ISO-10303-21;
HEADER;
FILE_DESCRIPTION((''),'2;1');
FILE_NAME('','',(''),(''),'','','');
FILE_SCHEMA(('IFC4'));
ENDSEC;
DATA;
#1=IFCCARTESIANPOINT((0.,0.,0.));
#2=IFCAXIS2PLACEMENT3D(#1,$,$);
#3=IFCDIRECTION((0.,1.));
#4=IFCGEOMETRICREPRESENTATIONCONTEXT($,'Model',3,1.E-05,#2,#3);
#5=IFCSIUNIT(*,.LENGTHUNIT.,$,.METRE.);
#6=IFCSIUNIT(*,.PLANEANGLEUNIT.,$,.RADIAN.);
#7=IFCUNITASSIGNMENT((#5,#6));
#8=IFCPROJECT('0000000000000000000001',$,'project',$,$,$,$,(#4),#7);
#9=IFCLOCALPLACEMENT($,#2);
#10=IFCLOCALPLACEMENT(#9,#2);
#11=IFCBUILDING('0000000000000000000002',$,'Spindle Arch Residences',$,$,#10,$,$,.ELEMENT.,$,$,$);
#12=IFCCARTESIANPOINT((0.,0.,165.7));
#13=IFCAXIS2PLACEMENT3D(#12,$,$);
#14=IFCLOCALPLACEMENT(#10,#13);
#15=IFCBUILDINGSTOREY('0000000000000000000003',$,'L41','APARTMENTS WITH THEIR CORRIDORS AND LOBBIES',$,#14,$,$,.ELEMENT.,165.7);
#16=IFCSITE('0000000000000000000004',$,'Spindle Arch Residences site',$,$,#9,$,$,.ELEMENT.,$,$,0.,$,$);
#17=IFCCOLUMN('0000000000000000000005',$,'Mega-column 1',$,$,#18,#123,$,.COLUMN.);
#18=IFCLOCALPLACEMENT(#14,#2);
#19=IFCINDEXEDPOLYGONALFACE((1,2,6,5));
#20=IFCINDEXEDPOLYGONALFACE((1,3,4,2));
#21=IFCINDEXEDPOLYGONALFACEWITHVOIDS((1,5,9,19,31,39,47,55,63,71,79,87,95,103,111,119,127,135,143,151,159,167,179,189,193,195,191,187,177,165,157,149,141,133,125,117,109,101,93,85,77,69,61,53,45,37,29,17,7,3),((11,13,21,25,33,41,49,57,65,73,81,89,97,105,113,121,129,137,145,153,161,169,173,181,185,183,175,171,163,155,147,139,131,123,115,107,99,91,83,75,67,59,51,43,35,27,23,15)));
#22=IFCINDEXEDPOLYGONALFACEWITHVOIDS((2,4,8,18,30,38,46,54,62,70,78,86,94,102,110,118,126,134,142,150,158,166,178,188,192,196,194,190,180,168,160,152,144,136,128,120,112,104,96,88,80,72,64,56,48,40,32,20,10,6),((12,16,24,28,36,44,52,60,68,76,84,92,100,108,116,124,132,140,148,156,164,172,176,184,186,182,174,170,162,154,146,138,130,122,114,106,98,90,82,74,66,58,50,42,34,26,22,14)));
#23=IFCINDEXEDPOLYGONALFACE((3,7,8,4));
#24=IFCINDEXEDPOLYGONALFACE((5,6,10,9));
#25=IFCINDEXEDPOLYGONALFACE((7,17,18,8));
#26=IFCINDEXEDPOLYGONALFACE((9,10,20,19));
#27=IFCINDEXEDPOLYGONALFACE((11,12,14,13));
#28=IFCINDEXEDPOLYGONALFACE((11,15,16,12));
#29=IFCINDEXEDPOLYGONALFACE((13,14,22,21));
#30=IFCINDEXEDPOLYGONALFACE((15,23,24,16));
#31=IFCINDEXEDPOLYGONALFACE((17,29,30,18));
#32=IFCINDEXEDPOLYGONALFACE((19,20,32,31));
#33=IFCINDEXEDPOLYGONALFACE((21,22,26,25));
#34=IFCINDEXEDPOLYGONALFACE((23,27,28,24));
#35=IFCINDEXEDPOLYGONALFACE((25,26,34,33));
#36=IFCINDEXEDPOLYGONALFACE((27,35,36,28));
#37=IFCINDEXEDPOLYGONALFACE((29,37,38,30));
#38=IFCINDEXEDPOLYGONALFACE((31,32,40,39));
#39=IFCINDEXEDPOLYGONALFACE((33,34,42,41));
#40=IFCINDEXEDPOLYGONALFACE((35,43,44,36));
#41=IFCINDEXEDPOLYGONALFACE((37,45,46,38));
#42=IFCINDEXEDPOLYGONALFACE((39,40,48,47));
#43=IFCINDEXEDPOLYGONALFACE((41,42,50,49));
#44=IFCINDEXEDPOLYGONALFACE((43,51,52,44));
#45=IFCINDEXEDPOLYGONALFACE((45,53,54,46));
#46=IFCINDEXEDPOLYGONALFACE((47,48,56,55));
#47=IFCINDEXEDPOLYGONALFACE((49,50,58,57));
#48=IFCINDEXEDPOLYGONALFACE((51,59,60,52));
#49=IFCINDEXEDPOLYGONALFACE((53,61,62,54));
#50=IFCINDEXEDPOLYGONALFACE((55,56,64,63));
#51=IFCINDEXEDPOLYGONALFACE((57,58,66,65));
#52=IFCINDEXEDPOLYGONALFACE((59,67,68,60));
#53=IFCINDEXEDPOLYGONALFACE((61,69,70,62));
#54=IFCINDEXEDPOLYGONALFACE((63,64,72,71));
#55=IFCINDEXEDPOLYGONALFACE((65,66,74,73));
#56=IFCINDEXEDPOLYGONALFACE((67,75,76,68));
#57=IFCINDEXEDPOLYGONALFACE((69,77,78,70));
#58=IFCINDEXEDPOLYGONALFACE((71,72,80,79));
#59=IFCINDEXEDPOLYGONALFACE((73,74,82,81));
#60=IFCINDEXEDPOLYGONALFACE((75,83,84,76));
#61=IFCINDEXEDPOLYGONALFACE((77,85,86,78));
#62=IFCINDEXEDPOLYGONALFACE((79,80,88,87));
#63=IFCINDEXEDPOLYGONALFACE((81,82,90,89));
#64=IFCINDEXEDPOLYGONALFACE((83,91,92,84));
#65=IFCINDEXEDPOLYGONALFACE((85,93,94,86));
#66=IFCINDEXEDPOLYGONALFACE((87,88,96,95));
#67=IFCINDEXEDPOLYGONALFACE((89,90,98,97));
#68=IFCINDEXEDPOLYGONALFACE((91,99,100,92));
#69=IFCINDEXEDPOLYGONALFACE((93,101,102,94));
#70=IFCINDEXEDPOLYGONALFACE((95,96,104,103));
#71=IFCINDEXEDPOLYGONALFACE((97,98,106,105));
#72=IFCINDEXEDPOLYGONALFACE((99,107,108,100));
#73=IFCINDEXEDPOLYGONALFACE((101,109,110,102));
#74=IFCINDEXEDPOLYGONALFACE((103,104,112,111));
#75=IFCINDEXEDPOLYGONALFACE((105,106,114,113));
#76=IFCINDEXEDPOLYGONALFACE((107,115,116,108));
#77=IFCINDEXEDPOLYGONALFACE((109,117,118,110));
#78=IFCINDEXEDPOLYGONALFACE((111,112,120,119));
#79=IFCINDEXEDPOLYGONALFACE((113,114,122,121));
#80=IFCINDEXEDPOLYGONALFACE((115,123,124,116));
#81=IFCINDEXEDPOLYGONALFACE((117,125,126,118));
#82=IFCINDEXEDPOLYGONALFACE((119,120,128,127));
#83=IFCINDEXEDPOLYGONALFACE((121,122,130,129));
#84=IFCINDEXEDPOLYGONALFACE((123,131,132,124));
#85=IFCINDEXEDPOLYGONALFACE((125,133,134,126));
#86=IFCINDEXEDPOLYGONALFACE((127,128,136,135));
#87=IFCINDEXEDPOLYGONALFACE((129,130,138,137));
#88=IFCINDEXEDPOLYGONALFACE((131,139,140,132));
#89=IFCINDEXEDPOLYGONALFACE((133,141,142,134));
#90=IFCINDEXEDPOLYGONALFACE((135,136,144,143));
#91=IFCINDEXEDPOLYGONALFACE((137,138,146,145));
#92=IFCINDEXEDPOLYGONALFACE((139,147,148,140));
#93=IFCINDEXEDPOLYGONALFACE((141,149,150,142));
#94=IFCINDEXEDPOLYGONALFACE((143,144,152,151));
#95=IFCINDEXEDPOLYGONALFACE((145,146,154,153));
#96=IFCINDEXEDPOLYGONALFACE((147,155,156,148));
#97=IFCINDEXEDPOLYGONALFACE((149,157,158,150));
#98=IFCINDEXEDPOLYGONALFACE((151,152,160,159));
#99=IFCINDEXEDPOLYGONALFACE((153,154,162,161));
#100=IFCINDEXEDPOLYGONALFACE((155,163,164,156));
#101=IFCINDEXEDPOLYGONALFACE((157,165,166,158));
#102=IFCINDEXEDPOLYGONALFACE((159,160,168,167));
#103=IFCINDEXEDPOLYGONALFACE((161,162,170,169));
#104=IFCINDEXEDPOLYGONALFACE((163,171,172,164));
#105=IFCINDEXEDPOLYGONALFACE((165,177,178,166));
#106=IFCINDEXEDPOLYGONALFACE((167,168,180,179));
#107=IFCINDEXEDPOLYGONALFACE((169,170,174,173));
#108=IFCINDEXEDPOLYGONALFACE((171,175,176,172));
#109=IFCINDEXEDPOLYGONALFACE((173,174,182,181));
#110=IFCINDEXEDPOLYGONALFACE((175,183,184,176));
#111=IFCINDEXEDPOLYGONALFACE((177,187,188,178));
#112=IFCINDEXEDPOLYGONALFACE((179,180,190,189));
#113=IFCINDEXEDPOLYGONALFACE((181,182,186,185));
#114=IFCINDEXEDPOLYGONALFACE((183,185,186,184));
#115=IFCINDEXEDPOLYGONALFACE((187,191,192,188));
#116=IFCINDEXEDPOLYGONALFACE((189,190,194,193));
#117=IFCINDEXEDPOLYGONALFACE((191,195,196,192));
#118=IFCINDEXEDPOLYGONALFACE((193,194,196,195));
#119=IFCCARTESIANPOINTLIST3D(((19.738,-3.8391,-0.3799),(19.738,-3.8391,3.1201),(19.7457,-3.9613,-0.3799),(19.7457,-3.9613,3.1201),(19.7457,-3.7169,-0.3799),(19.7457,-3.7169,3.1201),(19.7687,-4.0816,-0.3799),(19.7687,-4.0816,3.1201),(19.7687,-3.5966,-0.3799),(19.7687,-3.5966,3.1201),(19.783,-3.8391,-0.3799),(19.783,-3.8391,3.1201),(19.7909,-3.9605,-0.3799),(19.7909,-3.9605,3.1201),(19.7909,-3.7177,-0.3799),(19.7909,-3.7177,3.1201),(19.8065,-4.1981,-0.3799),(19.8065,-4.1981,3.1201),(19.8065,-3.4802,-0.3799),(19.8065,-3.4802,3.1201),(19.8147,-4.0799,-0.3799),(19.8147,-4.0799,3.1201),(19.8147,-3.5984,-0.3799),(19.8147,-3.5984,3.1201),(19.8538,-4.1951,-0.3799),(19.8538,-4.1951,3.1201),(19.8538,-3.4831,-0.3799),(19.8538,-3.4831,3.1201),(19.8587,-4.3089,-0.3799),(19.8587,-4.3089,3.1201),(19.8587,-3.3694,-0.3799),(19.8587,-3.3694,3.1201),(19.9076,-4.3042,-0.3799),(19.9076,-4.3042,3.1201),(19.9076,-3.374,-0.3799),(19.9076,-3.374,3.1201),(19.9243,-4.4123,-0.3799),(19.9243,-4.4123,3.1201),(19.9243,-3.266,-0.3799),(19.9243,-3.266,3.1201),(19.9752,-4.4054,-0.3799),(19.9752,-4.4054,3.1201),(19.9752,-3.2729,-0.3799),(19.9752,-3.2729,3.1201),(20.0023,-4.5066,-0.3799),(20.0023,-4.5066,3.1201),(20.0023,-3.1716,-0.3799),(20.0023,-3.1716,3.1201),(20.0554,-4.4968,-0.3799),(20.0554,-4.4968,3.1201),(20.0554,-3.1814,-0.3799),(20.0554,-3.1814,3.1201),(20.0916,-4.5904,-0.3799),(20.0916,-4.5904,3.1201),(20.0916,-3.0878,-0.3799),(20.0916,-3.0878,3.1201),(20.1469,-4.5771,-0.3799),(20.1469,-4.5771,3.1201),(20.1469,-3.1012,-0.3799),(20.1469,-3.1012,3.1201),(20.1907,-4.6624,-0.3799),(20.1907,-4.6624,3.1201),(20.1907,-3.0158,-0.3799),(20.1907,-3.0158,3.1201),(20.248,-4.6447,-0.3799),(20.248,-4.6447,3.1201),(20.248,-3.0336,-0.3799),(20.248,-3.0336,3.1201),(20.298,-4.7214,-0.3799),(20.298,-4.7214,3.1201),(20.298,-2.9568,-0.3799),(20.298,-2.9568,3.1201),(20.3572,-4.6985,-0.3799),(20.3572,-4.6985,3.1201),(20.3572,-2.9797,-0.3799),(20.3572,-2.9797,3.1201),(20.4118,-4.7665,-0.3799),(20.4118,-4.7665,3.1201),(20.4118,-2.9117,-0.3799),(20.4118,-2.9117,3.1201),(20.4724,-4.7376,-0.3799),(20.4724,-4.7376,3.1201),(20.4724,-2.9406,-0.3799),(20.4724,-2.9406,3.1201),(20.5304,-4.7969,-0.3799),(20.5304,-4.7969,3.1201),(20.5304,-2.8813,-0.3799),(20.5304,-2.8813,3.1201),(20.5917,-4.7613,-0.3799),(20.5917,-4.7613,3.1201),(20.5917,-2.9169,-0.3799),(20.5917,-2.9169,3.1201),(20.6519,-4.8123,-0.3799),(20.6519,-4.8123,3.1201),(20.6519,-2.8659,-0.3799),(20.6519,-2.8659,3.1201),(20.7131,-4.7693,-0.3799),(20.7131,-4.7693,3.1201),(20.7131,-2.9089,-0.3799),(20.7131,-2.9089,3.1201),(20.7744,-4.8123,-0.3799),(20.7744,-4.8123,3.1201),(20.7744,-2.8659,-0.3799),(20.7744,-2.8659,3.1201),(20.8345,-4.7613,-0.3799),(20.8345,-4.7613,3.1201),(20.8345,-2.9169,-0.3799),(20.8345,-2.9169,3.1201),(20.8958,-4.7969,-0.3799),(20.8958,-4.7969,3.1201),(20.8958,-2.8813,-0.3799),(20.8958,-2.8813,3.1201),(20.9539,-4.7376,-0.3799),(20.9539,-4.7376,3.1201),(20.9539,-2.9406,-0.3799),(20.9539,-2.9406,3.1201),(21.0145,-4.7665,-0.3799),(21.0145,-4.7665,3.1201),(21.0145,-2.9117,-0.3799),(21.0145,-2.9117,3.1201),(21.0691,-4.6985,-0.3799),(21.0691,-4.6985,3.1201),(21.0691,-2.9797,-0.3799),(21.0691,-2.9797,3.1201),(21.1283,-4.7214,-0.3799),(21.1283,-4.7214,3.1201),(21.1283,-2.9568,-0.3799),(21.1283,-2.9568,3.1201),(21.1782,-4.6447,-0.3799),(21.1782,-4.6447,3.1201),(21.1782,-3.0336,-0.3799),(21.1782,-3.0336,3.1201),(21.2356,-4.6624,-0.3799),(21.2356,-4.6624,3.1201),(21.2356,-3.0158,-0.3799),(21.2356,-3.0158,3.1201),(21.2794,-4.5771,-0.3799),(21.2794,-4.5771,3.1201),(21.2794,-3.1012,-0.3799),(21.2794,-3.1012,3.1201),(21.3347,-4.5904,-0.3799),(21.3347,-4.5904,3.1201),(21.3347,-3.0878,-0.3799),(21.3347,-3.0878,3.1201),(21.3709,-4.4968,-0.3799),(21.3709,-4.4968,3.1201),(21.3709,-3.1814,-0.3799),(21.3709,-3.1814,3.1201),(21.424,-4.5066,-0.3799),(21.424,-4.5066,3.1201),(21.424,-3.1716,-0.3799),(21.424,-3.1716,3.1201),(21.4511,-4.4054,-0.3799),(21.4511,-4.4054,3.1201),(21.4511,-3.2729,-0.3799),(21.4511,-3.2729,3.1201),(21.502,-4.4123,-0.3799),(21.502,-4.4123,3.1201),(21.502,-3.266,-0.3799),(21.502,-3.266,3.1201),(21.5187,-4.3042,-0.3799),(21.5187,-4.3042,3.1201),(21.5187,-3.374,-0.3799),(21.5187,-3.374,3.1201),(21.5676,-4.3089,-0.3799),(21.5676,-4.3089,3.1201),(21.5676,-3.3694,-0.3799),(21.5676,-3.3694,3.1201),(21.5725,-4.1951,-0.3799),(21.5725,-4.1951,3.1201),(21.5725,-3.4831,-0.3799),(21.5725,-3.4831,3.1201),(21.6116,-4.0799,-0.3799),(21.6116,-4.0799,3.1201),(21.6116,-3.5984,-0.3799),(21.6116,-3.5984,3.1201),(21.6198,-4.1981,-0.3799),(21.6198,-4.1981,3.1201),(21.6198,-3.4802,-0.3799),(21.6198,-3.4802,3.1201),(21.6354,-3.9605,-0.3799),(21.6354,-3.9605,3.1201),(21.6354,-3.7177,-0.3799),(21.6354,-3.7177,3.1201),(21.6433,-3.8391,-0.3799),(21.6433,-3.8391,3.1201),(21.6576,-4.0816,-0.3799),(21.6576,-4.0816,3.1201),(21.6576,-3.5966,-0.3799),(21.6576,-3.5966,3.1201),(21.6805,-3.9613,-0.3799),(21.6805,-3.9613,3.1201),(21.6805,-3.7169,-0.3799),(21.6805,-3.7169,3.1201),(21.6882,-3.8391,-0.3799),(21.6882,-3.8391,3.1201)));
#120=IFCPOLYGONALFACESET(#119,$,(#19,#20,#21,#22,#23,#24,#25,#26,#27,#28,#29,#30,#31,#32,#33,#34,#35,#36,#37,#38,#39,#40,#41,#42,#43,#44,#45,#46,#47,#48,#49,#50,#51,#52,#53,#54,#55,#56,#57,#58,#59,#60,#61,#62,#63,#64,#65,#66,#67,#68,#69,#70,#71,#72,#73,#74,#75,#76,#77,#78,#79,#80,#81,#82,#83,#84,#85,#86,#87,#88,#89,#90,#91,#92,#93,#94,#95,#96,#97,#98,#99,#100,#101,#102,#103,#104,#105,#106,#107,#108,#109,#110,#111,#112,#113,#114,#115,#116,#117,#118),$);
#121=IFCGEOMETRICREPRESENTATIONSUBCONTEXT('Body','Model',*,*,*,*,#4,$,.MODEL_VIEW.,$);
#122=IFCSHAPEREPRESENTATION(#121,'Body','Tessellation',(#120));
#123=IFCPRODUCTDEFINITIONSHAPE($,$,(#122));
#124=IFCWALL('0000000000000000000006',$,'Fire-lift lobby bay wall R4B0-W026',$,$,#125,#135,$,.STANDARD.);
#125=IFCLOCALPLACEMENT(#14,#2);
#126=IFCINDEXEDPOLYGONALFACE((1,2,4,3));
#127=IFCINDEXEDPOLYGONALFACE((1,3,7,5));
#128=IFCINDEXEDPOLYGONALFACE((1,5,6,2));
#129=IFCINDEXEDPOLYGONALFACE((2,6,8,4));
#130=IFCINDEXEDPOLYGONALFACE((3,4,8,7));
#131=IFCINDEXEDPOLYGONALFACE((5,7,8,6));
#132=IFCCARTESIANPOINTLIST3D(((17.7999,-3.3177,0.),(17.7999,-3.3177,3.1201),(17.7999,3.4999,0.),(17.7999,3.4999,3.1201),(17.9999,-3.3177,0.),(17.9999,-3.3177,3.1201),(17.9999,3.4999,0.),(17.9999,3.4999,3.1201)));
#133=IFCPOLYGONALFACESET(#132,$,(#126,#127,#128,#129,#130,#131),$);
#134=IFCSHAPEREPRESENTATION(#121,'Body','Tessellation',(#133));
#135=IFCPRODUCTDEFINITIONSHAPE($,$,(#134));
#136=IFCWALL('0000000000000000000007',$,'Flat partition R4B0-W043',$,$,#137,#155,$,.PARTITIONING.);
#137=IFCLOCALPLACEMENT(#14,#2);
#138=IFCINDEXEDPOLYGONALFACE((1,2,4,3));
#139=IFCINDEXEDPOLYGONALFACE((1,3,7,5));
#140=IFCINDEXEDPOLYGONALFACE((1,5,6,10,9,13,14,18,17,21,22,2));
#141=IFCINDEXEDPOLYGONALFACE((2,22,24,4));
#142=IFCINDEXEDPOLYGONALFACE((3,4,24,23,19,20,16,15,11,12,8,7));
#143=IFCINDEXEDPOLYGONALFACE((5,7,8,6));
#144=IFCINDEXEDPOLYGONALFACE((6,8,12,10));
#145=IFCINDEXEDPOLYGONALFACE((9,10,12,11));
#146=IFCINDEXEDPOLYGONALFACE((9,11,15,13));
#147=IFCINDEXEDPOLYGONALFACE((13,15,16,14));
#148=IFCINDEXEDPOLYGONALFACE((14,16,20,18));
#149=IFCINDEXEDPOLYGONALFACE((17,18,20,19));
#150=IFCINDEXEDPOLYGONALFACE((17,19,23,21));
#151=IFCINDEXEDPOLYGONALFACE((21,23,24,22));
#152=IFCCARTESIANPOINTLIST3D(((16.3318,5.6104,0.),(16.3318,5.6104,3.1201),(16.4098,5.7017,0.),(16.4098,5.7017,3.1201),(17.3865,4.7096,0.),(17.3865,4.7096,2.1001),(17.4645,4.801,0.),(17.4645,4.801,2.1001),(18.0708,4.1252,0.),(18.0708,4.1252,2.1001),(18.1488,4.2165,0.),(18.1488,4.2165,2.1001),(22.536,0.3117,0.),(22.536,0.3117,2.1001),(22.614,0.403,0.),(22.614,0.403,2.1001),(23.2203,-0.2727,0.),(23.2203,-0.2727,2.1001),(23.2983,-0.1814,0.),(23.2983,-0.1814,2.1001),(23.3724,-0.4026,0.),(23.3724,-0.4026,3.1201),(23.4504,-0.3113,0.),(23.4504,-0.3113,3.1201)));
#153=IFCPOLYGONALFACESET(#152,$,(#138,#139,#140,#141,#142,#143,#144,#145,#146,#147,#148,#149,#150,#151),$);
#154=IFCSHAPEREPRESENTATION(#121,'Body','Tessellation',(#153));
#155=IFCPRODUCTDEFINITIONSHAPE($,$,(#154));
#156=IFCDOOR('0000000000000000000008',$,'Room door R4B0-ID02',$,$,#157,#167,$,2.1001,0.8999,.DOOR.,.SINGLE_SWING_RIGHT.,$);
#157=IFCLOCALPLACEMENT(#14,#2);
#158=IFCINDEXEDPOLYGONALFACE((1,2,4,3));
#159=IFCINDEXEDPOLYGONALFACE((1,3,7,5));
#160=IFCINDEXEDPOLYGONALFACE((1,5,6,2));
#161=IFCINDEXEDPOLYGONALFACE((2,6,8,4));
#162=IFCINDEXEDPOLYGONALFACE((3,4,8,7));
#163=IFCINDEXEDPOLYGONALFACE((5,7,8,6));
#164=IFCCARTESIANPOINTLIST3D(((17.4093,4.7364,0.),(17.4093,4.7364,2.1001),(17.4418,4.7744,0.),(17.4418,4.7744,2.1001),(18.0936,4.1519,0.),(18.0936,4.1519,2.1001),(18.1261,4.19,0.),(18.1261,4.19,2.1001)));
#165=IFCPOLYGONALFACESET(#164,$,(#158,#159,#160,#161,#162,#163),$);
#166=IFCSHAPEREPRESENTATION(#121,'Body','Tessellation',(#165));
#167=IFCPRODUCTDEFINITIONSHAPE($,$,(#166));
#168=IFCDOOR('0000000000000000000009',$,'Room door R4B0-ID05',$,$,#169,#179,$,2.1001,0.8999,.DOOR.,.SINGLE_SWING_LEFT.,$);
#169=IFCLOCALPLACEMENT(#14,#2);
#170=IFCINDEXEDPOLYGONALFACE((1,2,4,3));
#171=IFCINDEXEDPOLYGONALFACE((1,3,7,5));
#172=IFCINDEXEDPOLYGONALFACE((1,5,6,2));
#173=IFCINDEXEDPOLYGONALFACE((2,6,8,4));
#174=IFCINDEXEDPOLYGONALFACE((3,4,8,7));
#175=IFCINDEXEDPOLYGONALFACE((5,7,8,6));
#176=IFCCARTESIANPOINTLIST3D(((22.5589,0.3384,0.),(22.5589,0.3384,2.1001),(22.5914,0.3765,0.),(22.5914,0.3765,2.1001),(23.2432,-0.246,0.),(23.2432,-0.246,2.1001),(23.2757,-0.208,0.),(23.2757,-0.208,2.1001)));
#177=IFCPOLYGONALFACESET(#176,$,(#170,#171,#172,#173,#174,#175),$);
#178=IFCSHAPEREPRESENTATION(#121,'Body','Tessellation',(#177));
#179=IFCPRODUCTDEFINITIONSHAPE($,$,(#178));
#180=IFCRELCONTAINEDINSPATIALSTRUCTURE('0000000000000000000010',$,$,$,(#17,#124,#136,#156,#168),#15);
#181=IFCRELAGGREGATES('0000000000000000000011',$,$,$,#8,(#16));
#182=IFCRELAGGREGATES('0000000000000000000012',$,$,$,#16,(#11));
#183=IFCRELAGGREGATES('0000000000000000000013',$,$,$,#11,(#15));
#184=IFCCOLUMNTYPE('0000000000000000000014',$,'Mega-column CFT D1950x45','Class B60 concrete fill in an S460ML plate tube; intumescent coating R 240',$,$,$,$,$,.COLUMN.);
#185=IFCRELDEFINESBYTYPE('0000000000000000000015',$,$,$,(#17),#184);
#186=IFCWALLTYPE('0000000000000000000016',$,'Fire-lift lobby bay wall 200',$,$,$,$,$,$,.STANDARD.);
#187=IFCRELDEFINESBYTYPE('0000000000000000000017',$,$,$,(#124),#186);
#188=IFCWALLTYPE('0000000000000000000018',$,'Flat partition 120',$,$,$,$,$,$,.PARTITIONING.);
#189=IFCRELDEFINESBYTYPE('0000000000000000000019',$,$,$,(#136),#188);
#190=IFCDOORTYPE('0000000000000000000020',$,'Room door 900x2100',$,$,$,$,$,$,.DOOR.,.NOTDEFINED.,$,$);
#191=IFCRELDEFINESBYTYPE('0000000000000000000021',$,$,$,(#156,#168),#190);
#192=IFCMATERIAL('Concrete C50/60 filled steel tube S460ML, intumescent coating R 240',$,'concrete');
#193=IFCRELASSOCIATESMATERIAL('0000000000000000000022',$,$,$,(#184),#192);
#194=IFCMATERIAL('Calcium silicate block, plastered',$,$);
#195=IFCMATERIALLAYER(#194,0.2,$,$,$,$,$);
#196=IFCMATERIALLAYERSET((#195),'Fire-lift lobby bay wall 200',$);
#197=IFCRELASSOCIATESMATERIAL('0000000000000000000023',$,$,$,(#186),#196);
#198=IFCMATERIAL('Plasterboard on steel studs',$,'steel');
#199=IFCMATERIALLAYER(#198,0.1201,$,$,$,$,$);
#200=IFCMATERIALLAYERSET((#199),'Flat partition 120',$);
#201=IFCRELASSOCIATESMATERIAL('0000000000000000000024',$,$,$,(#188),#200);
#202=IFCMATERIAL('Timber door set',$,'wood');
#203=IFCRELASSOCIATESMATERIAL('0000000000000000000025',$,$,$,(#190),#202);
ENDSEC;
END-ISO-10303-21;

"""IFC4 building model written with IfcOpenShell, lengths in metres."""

from ifc_helpers import new_model, si_unit, direction, frame, frame_2d, origin, origin_2d, place, context, subcontext, project, spatial, rectangle, hollow_circle, extrude, material, layer, layer_set, material_profile, profile_set, type_object, element, fill, save


model = new_model("IFC4")

# Units and contexts
model_context = context("Model", 3, precision=1e-05, world=origin(), true_north=direction((0.0, 1.0)))
body_context = subcontext(model_context, "Body", "Model", "MODEL_VIEW")
ifc_project = project(units=[si_unit("LENGTHUNIT", "METRE"), si_unit("PLANEANGLEUNIT", "RADIAN")], contexts=[model_context])

# Site, building, storey
site_placement = place(None, origin())
site = spatial("IfcSite", under=ifc_project, at=site_placement, Name="Spindle Arch Residences site", CompositionType="ELEMENT", RefElevation=0.0)
building_placement = place(site_placement, origin())
building = spatial("IfcBuilding", under=site, at=building_placement, Name="Spindle Arch Residences", CompositionType="ELEMENT")
storey_placement = place(building_placement, frame((0.0, 0.0, 165.7)))
storey = spatial("IfcBuildingStorey", under=building, at=storey_placement, Name="L41", Description="APARTMENTS WITH THEIR CORRIDORS AND LOBBIES", CompositionType="ELEMENT", Elevation=165.7)

# Column
ifc_material_1 = material(Name="Concrete C50/60 filled steel tube S460ML, intumescent coating R 240", Category="concrete")
ifc_material_profile = material_profile(ifc_material_1, hollow_circle(Radius=0.9751, WallThickness=0.0449, at=origin_2d()), Name="CFT D1950x45")
ifc_profile_set = profile_set([ifc_material_profile], Name="Concrete C50/60 filled steel tube S460ML, intumescent coating R 240")
column_type = type_object("IfcColumnType", Name="Mega-column CFT D1950x45", Description="Class B60 concrete fill in an S460ML plate tube; intumescent coating R 240", PredefinedType="COLUMN", material=ifc_profile_set)
column_placement = place(storey_placement, frame((20.7131, -3.8391, -0.3799), z_axis=(0.0, 0.0, 1.0), x_axis=(1.0, 0.0, 0.0)))
element("IfcColumn", 1, at=column_placement, inside=storey, type_object=column_type, Name="Mega-column 1", PredefinedType="COLUMN", context=body_context, shape_type="SweptSolid", body=[
    extrude(hollow_circle(Radius=0.9751, WallThickness=0.0449, at=origin_2d()), origin(), (0.0, 0.0, 1.0), 3.5),
])

# Wall
ifc_material_2 = material(Name="Calcium silicate block, plastered")
ifc_layer_1 = layer(ifc_material_2, 0.2)
ifc_layer_set_1 = layer_set([ifc_layer_1], Name="Fire-lift lobby bay wall 200")
wall_type_1 = type_object("IfcWallType", Name="Fire-lift lobby bay wall 200", PredefinedType="STANDARD", material=ifc_layer_set_1)
wall_1_placement = place(storey_placement, frame((17.8999, -3.3176, 0.0), z_axis=(0.0, 0.0, 1.0), x_axis=(0.0, 1.0, 0.0)))
element("IfcWall", 2, at=wall_1_placement, inside=storey, type_object=wall_type_1, Name="Fire-lift lobby bay wall R4B0-W026", PredefinedType="STANDARD", context=body_context, shape_type="SweptSolid", body=[
    extrude(rectangle(XDim=6.8176, YDim=0.2, at=frame_2d((3.4087, 0.0))), origin(), (0.0, 0.0, 1.0), 3.1201),
])

# Wall, openings, doors
ifc_material_3 = material(Name="Plasterboard on steel studs", Category="steel")
ifc_layer_2 = layer(ifc_material_3, 0.1201)
ifc_layer_set_2 = layer_set([ifc_layer_2], Name="Flat partition 120")
wall_type_2 = type_object("IfcWallType", Name="Flat partition 120", PredefinedType="PARTITIONING", material=ifc_layer_set_2)
wall_2_placement = place(storey_placement, frame((23.4114, -0.3569, 0.0), z_axis=(0.0, 0.0, 1.0), x_axis=(-0.760419, 0.649433, 0.0)))
wall_2 = element("IfcWall", 3, at=wall_2_placement, inside=storey, type_object=wall_type_2, Name="Flat partition R4B0-W043", PredefinedType="PARTITIONING", context=body_context, shape_type="SweptSolid", body=[
    extrude(rectangle(XDim=9.2588, YDim=0.1201, at=frame_2d((4.6294, 0.0))), origin(), (0.0, 0.0, 1.0), 3.1201),
])
opening_1_placement = place(wall_2_placement, frame((6.9719, 0.0, 0.0)))
opening_1 = element("IfcOpeningElement", 4, at=opening_1_placement, cuts=wall_2, PredefinedType="OPENING", context=body_context, shape_type="SweptSolid", body=[
    extrude(rectangle(XDim=0.8999, YDim=2.1001, at=frame_2d((0.45, 1.05))), frame((0.0, 0.0701, 0.0), z_axis=(0.0, -1.0, 0.0), x_axis=(1.0, 0.0, 0.0)), (0.0, 0.0, 1.0), 0.1401),
])
opening_2_placement = place(wall_2_placement, frame((0.2, 0.0, 0.0)))
opening_2 = element("IfcOpeningElement", 5, at=opening_2_placement, cuts=wall_2, PredefinedType="OPENING", context=body_context, shape_type="SweptSolid", body=[
    extrude(rectangle(XDim=0.8999, YDim=2.1001, at=frame_2d((0.45, 1.05))), frame((0.0, 0.0701, 0.0), z_axis=(0.0, -1.0, 0.0), x_axis=(1.0, 0.0, 0.0)), (0.0, 0.0, 1.0), 0.1401),
])
ifc_material_4 = material(Name="Timber door set", Category="wood")
door_type = type_object("IfcDoorType", Name="Room door 900x2100", OperationType="NOTDEFINED", PredefinedType="DOOR", material=ifc_material_4)
door_1_placement = place(opening_1_placement, origin())
door_1 = element("IfcDoor", 6, at=door_1_placement, inside=storey, type_object=door_type, Name="Room door R4B0-ID02", OperationType="SINGLE_SWING_RIGHT", OverallHeight=2.1001, OverallWidth=0.8999, PredefinedType="DOOR", context=body_context, shape_type="SweptSolid", body=[
    extrude(rectangle(XDim=0.8999, YDim=2.1001, at=frame_2d((0.45, 1.05))), frame((0.0, 0.0249, 0.0), z_axis=(0.0, -1.0, 0.0), x_axis=(1.0, 0.0, 0.0)), (0.0, 0.0, 1.0), 0.05),
])
fill(opening_1, door_1)
door_2_placement = place(opening_2_placement, origin())
door_2 = element("IfcDoor", 7, at=door_2_placement, inside=storey, type_object=door_type, Name="Room door R4B0-ID05", OperationType="SINGLE_SWING_LEFT", OverallHeight=2.1001, OverallWidth=0.8999, PredefinedType="DOOR", context=body_context, shape_type="SweptSolid", body=[
    extrude(rectangle(XDim=0.8999, YDim=2.1001, at=frame_2d((0.45, 1.05))), frame((0.0, 0.0249, 0.0), z_axis=(0.0, -1.0, 0.0), x_axis=(1.0, 0.0, 0.0)), (0.0, 0.0, 1.0), 0.05),
])
fill(opening_2, door_2)

save(model, "model.ifc")
